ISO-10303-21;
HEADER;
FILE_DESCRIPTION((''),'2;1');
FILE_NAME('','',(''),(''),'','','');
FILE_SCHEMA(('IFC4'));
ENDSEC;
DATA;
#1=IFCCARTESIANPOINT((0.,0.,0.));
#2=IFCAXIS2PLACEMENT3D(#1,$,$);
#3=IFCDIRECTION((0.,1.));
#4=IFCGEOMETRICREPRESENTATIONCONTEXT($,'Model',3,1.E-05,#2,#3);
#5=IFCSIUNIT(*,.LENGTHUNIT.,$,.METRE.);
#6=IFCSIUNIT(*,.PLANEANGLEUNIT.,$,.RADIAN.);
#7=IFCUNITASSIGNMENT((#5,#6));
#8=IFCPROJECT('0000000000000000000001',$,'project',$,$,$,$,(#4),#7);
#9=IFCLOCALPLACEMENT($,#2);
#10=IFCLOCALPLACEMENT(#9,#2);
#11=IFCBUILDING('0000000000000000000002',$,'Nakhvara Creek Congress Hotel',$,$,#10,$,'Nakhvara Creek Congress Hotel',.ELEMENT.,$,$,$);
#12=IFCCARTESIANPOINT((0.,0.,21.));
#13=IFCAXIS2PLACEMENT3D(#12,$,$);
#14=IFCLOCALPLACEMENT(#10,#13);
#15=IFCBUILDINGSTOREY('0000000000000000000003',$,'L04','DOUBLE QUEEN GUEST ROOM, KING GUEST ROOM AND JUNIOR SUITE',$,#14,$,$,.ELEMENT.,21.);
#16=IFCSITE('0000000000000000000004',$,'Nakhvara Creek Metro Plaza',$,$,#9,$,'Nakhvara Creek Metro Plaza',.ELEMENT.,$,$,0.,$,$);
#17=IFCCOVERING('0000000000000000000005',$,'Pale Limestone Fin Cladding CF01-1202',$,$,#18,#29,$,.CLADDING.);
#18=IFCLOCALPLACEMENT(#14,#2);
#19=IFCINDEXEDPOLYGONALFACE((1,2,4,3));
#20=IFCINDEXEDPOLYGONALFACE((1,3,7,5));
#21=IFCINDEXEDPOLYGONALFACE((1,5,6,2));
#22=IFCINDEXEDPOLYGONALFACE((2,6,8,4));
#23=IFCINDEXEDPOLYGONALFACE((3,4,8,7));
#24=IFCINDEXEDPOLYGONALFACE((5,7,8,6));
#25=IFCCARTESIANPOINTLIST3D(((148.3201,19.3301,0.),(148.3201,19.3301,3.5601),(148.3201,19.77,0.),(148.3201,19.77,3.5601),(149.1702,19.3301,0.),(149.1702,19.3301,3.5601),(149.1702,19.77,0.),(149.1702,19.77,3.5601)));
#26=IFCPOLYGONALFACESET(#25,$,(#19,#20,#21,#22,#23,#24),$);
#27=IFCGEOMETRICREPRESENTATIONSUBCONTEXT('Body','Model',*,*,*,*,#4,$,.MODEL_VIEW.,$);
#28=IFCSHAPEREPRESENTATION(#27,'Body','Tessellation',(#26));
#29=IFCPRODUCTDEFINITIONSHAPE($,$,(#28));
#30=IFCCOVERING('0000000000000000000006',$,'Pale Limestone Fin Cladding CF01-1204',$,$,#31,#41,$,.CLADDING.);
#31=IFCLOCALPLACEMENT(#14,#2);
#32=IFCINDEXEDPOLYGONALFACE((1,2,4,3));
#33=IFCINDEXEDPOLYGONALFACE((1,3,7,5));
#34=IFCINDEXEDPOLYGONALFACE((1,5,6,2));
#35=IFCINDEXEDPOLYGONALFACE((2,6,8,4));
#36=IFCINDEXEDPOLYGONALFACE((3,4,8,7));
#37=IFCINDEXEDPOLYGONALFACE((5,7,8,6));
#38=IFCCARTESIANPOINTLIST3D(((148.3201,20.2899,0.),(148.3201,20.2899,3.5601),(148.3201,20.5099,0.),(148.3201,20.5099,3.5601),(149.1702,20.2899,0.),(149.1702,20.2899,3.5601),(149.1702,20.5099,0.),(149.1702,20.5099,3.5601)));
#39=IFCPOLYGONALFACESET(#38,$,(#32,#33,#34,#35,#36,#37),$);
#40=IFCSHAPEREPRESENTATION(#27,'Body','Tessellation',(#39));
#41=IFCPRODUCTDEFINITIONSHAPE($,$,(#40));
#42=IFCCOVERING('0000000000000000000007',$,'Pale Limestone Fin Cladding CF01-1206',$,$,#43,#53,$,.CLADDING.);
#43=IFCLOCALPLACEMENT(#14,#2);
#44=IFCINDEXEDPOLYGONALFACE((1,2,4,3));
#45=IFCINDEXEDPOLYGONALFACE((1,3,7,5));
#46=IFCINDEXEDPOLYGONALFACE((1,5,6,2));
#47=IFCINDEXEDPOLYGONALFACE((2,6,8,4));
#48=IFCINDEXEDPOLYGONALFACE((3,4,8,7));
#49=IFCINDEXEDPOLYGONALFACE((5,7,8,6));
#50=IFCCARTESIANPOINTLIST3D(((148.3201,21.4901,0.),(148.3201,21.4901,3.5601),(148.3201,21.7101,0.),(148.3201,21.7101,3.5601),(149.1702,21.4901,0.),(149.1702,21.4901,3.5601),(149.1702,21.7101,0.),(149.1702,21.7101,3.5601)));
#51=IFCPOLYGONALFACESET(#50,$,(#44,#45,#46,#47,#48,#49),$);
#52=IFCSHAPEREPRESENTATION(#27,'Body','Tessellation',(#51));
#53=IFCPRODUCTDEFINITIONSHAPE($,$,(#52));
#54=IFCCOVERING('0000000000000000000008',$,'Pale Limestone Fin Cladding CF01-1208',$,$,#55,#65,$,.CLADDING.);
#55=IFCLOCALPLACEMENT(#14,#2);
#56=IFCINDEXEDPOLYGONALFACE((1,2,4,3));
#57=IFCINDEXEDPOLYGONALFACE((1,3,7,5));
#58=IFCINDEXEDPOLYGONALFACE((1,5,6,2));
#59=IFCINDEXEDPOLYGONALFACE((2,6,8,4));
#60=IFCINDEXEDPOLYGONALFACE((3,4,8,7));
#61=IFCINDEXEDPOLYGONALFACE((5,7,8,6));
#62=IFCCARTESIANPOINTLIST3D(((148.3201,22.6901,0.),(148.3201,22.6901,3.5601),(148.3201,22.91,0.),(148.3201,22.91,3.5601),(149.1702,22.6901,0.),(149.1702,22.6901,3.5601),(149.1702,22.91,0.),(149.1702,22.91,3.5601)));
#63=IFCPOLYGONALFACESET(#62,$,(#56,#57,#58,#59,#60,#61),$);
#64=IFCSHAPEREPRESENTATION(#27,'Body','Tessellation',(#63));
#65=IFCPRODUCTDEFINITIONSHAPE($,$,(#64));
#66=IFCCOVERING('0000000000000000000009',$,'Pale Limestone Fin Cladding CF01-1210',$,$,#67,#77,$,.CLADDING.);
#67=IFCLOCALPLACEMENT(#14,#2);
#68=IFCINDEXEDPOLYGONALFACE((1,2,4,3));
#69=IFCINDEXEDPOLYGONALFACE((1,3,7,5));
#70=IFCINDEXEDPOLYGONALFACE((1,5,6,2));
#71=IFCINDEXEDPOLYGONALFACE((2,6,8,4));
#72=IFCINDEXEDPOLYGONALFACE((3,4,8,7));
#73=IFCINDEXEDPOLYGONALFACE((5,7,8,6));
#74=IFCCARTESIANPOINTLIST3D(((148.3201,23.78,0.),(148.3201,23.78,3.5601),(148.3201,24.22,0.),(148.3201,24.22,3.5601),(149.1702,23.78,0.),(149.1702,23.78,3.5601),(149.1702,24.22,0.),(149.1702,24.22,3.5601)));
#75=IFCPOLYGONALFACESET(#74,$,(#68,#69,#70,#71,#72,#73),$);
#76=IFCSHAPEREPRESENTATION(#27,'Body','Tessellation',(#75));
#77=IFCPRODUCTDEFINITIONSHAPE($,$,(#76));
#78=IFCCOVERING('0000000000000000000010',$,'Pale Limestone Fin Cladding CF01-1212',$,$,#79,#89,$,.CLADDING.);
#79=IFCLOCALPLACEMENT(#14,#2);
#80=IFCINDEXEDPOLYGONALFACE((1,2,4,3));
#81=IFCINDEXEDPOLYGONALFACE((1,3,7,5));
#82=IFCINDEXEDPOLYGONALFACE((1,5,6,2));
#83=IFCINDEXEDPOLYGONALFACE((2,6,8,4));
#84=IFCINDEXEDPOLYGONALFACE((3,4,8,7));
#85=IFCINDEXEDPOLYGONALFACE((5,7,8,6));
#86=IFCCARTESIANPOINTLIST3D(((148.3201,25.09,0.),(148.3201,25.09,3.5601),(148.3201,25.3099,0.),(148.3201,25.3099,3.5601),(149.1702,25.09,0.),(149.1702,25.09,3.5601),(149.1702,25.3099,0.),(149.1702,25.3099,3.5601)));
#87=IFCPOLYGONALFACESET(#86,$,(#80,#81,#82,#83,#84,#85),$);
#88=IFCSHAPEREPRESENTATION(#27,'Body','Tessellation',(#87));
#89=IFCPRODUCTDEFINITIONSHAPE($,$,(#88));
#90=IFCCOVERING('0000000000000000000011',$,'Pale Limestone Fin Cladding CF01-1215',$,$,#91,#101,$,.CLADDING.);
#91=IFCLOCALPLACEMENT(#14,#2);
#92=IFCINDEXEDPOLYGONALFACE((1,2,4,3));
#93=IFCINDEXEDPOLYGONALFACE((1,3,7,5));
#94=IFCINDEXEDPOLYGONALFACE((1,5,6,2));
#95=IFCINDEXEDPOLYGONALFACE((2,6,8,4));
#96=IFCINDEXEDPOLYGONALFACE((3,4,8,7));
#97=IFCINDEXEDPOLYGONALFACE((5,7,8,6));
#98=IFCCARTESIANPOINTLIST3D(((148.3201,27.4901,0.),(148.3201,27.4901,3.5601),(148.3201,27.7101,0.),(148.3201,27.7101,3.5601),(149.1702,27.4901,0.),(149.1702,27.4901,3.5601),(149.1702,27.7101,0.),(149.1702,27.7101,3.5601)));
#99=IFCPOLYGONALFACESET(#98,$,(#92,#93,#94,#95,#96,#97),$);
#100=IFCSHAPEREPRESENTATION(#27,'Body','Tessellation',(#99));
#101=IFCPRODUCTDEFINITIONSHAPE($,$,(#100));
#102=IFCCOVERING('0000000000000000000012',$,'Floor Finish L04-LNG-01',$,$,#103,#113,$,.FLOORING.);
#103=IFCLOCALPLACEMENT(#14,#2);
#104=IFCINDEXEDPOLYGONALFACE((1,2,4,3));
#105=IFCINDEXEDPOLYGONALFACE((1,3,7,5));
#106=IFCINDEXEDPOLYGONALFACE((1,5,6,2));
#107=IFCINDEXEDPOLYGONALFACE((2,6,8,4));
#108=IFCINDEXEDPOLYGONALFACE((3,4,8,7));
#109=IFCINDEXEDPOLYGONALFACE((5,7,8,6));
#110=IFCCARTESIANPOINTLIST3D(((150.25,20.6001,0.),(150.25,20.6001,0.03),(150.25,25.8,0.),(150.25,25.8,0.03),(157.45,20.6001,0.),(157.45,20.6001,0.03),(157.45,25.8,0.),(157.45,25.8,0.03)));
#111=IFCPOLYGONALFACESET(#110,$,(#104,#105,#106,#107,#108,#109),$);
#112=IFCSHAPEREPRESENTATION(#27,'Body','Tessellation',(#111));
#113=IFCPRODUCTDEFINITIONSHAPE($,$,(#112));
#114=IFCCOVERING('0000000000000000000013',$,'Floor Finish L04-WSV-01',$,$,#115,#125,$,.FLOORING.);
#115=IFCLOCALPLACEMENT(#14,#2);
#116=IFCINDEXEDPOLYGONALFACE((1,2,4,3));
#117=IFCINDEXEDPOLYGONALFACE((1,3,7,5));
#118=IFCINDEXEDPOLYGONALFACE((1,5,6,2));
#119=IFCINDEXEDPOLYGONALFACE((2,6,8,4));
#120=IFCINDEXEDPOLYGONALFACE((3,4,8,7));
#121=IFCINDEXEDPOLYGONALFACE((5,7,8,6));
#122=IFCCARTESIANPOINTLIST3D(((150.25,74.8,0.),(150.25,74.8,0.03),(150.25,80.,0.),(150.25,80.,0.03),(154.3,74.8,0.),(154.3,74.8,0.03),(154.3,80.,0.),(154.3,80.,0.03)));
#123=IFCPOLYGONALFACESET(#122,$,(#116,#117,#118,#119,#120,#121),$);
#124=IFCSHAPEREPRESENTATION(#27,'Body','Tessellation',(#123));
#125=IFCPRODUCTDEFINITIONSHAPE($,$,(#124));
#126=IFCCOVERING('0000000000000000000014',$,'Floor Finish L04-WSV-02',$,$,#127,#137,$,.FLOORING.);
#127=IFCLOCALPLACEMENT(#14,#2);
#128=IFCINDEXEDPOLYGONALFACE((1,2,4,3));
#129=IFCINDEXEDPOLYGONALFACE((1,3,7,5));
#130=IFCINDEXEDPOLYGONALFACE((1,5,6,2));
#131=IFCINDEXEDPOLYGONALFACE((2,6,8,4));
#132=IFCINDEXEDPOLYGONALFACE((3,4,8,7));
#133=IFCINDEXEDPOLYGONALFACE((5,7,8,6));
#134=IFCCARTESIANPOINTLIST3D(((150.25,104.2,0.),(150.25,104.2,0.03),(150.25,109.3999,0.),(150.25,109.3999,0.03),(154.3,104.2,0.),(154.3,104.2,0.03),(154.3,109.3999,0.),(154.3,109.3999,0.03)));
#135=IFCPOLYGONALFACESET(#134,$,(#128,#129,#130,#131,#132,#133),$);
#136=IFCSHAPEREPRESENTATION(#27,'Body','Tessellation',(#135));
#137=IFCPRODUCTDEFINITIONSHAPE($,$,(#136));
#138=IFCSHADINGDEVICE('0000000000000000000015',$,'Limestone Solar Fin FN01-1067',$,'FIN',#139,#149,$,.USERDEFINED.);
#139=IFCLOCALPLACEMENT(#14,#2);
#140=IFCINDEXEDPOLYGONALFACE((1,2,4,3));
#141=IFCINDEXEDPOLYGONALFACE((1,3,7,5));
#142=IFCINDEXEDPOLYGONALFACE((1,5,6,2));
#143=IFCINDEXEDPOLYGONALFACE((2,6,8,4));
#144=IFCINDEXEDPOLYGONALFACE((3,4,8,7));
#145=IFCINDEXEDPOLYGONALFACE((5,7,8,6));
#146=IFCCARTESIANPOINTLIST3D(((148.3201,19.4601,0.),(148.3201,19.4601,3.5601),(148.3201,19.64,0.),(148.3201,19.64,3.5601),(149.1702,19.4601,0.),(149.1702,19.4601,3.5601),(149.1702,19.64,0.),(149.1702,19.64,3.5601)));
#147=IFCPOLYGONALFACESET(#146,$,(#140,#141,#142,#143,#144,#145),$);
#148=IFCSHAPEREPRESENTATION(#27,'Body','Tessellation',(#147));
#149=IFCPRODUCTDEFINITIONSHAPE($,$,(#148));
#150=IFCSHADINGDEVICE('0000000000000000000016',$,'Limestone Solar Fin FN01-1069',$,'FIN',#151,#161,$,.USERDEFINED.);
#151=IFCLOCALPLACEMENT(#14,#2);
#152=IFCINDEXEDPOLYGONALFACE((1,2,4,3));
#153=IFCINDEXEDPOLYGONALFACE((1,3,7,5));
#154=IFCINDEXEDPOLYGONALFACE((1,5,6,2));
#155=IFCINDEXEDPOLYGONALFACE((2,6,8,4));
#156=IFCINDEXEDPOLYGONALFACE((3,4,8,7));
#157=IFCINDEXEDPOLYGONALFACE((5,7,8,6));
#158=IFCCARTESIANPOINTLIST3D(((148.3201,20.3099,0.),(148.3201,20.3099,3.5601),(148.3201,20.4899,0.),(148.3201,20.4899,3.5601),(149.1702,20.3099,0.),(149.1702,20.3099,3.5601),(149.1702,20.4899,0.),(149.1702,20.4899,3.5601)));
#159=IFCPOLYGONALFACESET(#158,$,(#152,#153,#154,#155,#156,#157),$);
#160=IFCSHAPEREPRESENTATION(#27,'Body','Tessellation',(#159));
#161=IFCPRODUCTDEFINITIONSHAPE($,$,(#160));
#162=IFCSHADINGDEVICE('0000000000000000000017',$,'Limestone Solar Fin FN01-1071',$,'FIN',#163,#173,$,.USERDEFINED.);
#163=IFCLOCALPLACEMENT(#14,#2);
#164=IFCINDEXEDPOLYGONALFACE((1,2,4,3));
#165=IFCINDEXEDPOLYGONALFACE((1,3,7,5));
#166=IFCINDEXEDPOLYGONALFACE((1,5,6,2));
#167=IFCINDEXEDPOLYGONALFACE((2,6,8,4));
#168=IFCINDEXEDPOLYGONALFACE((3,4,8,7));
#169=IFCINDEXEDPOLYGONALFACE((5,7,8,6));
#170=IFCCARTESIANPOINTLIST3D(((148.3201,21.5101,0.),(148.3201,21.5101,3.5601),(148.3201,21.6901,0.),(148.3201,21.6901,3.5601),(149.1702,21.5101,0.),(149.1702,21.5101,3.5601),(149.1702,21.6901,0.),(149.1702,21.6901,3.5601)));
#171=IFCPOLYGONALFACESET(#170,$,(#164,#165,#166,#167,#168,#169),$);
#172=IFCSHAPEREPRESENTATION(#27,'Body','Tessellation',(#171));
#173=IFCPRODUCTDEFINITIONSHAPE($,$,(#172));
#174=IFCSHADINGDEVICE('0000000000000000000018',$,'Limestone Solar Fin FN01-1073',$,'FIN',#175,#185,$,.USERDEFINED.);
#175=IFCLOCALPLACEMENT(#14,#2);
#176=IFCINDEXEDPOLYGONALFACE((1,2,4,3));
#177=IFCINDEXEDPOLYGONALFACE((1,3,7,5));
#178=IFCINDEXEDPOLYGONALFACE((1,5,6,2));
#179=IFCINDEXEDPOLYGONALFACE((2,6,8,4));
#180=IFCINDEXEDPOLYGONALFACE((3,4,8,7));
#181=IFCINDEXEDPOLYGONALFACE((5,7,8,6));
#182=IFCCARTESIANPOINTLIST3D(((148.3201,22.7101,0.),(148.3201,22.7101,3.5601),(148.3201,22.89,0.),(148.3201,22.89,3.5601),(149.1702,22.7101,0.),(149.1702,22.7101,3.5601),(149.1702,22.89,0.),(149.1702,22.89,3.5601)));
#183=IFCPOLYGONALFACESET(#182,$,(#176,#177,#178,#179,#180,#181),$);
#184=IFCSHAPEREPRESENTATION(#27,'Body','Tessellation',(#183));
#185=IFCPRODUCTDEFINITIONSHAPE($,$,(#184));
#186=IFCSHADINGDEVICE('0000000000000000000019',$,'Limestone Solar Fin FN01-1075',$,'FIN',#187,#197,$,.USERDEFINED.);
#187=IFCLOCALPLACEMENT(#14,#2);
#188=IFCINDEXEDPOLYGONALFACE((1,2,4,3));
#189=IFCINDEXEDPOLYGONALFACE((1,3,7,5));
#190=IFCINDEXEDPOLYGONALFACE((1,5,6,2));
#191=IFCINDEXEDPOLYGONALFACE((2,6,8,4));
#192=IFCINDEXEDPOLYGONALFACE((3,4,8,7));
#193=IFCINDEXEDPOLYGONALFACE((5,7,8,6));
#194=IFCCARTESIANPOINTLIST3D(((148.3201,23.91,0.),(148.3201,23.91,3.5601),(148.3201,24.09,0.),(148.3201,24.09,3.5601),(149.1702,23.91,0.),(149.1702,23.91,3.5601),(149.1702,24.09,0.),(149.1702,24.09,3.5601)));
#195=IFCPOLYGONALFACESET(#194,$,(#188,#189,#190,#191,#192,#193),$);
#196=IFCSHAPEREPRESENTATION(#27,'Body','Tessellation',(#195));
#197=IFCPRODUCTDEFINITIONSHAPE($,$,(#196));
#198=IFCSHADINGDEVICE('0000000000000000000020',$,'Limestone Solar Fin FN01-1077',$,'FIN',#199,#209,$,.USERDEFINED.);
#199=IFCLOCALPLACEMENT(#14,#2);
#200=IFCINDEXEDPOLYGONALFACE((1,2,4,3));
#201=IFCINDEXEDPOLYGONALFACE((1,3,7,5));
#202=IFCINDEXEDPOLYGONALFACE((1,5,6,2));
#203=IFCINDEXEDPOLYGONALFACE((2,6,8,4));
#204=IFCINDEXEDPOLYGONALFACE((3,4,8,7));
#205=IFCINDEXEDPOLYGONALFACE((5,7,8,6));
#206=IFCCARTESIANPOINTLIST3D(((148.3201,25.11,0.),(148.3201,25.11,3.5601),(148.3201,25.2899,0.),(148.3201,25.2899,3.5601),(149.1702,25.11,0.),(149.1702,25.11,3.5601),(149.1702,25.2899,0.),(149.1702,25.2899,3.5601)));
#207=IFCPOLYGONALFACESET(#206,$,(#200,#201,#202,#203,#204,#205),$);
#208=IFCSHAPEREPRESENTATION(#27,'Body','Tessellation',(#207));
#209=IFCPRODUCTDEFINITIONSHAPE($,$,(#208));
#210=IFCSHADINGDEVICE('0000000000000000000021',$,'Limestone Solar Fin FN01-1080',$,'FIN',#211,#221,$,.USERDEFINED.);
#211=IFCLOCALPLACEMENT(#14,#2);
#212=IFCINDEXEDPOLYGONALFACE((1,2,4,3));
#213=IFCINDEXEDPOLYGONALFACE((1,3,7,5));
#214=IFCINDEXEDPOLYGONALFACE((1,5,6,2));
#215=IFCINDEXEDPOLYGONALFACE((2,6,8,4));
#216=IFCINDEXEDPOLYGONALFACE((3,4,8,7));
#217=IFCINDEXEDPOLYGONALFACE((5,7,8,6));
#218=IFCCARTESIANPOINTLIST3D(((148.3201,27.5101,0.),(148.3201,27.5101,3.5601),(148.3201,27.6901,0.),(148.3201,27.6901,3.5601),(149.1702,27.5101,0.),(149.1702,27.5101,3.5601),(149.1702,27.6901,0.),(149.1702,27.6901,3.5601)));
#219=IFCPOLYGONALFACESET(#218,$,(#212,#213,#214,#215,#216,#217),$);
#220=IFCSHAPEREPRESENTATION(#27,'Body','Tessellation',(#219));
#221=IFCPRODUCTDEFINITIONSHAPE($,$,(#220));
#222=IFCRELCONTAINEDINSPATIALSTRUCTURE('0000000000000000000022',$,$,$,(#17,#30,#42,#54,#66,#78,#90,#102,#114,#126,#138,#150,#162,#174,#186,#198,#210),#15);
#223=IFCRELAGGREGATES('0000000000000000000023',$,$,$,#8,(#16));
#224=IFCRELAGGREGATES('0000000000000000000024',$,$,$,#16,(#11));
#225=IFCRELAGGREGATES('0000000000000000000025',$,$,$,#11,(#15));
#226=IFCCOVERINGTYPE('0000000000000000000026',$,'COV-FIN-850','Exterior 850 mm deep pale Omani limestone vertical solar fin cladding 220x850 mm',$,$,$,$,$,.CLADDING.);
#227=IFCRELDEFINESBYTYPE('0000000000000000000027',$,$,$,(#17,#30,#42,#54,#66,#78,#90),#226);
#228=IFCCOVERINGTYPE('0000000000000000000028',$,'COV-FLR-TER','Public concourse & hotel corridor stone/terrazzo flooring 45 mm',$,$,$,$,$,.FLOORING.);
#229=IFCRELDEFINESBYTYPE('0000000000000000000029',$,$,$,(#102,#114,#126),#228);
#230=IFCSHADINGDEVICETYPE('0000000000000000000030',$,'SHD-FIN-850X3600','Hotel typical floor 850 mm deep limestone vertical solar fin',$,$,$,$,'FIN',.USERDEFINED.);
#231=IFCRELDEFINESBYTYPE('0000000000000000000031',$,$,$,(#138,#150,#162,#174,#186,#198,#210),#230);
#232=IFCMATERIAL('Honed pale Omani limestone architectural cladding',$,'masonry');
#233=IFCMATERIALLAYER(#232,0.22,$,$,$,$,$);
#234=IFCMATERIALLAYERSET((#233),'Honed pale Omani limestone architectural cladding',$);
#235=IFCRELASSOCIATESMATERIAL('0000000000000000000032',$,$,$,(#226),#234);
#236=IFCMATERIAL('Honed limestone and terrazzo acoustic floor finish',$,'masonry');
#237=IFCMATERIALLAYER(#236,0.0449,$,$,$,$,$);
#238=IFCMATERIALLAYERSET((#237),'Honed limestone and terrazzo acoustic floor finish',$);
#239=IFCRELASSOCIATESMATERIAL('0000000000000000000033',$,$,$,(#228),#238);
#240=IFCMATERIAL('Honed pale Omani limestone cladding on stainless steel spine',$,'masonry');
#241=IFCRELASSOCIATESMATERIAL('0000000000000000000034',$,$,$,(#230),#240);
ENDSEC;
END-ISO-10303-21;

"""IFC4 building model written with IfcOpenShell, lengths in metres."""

from ifc_helpers import new_model, si_unit, direction, frame, origin, origin_2d, place, context, subcontext, project, spatial, polyline, rectangle, outline, extrude, material, layer, layer_set, type_object, element, save


model = new_model("IFC4")

# Units and contexts
model_context = context("Model", 3, precision=1e-05, world=origin(), true_north=direction((0.0, 1.0)))
body_context = subcontext(model_context, "Body", "Model", "MODEL_VIEW")
ifc_project = project(units=[si_unit("LENGTHUNIT", "METRE"), si_unit("PLANEANGLEUNIT", "RADIAN")], contexts=[model_context])

# Site, building, storey
site_placement = place(None, origin())
site = spatial("IfcSite", under=ifc_project, at=site_placement, Name="Nakhvara Creek Metro Plaza", LongName="Nakhvara Creek Metro Plaza", CompositionType="ELEMENT", RefElevation=0.0)
building_placement = place(site_placement, origin())
building = spatial("IfcBuilding", under=site, at=building_placement, Name="Nakhvara Creek Congress Hotel", LongName="Nakhvara Creek Congress Hotel", CompositionType="ELEMENT")
storey_placement = place(building_placement, frame((0.0, 0.0, 21.0)))
storey = spatial("IfcBuildingStorey", under=building, at=storey_placement, Name="L04", Description="DOUBLE QUEEN GUEST ROOM, KING GUEST ROOM AND JUNIOR SUITE", CompositionType="ELEMENT", Elevation=21.0)

# Coverings
ifc_material_1 = material(Name="Honed pale Omani limestone architectural cladding", Category="masonry")
ifc_layer_1 = layer(ifc_material_1, 0.22)
ifc_layer_set_1 = layer_set([ifc_layer_1], Name="Honed pale Omani limestone architectural cladding")
covering_type_1 = type_object("IfcCoveringType", Name="COV-FIN-850", Description="Exterior 850 mm deep pale Omani limestone vertical solar fin cladding 220x850 mm", PredefinedType="CLADDING", material=ifc_layer_set_1)
covering_1_placement = place(storey_placement, frame((148.7451, 19.55, 0.0), z_axis=(0.0, 0.0, 1.0), x_axis=(0.0, 1.0, 0.0)))
element("IfcCovering", 1, at=covering_1_placement, inside=storey, type_object=covering_type_1, Name="Pale Limestone Fin Cladding CF01-1202", PredefinedType="CLADDING", context=body_context, shape_type="SweptSolid", body=[
    extrude(rectangle(XDim=0.4399, YDim=0.8501, at=origin_2d()), origin(), (0.0, 0.0, 1.0), 3.5601),
])
for number, where, z_axis, x_axis, name in (
    (2, (148.7451, 20.3999, 0.0), (0.0, 0.0, 1.0), (0.0, 1.0, 0.0), "Pale Limestone Fin Cladding CF01-1204"),
    (3, (148.7451, 21.6001, 0.0), (0.0, 0.0, 1.0), (0.0, 1.0, 0.0), "Pale Limestone Fin Cladding CF01-1206"),
    (4, (148.7451, 22.8, 0.0), (0.0, 0.0, 1.0), (0.0, 1.0, 0.0), "Pale Limestone Fin Cladding CF01-1208"),
):
    element("IfcCovering", number, at=place(storey_placement, frame(where, z_axis=z_axis, x_axis=x_axis)), inside=storey, type_object=covering_type_1, Name=name, PredefinedType="CLADDING", context=body_context, shape_type="SweptSolid", body=[
        extrude(rectangle(XDim=0.22, YDim=0.8501, at=origin_2d()), origin(), (0.0, 0.0, 1.0), 3.5601),
    ])
covering_2_placement = place(storey_placement, frame((148.7451, 24.0, 0.0), z_axis=(0.0, 0.0, 1.0), x_axis=(0.0, 1.0, 0.0)))
element("IfcCovering", 5, at=covering_2_placement, inside=storey, type_object=covering_type_1, Name="Pale Limestone Fin Cladding CF01-1210", PredefinedType="CLADDING", context=body_context, shape_type="SweptSolid", body=[
    extrude(rectangle(XDim=0.4399, YDim=0.8501, at=origin_2d()), origin(), (0.0, 0.0, 1.0), 3.5601),
])
for number, where, z_axis, x_axis, name in (
    (6, (148.7451, 25.2, 0.0), (0.0, 0.0, 1.0), (0.0, 1.0, 0.0), "Pale Limestone Fin Cladding CF01-1212"),
    (7, (148.7451, 27.6001, 0.0), (0.0, 0.0, 1.0), (0.0, 1.0, 0.0), "Pale Limestone Fin Cladding CF01-1215"),
):
    element("IfcCovering", number, at=place(storey_placement, frame(where, z_axis=z_axis, x_axis=x_axis)), inside=storey, type_object=covering_type_1, Name=name, PredefinedType="CLADDING", context=body_context, shape_type="SweptSolid", body=[
        extrude(rectangle(XDim=0.22, YDim=0.8501, at=origin_2d()), origin(), (0.0, 0.0, 1.0), 3.5601),
    ])
ifc_material_2 = material(Name="Honed limestone and terrazzo acoustic floor finish", Category="masonry")
ifc_layer_2 = layer(ifc_material_2, 0.0449)
ifc_layer_set_2 = layer_set([ifc_layer_2], Name="Honed limestone and terrazzo acoustic floor finish")
covering_type_2 = type_object("IfcCoveringType", Name="COV-FLR-TER", Description="Public concourse & hotel corridor stone/terrazzo flooring 45 mm", PredefinedType="FLOORING", material=ifc_layer_set_2)
covering_3_placement = place(storey_placement, origin())
element("IfcCovering", 8, at=covering_3_placement, inside=storey, type_object=covering_type_2, Name="Floor Finish L04-LNG-01", PredefinedType="FLOORING", context=body_context, shape_type="SweptSolid", body=[
    extrude(outline(polyline([(150.25, 20.6001), (157.45, 20.6001), (157.45, 25.8), (150.25, 25.8), (150.25, 20.6001)])), origin(), (0.0, 0.0, 1.0), 0.03),
])
covering_4_placement = place(storey_placement, origin())
element("IfcCovering", 9, at=covering_4_placement, inside=storey, type_object=covering_type_2, Name="Floor Finish L04-WSV-01", PredefinedType="FLOORING", context=body_context, shape_type="SweptSolid", body=[
    extrude(outline(polyline([(150.25, 74.8), (154.3, 74.8), (154.3, 80.0), (150.25, 80.0), (150.25, 74.8)])), origin(), (0.0, 0.0, 1.0), 0.03),
])
covering_5_placement = place(storey_placement, origin())
element("IfcCovering", 10, at=covering_5_placement, inside=storey, type_object=covering_type_2, Name="Floor Finish L04-WSV-02", PredefinedType="FLOORING", context=body_context, shape_type="SweptSolid", body=[
    extrude(outline(polyline([(150.25, 104.2), (154.3, 104.2), (154.3, 109.3999), (150.25, 109.3999), (150.25, 104.2)])), origin(), (0.0, 0.0, 1.0), 0.03),
])

# Shading devices
ifc_material_3 = material(Name="Honed pale Omani limestone cladding on stainless steel spine", Category="masonry")
shading_device_type = type_object("IfcShadingDeviceType", Name="SHD-FIN-850X3600", Description="Hotel typical floor 850 mm deep limestone vertical solar fin", ElementType="FIN", PredefinedType="USERDEFINED", material=ifc_material_3)
for number, where, z_axis, x_axis, name in (
    (11, (148.7451, 19.55, 0.0), (0.0, 0.0, 1.0), (0.0, 1.0, 0.0), "Limestone Solar Fin FN01-1067"),
    (12, (148.7451, 20.3999, 0.0), (0.0, 0.0, 1.0), (0.0, 1.0, 0.0), "Limestone Solar Fin FN01-1069"),
    (13, (148.7451, 21.6001, 0.0), (0.0, 0.0, 1.0), (0.0, 1.0, 0.0), "Limestone Solar Fin FN01-1071"),
    (14, (148.7451, 22.8, 0.0), (0.0, 0.0, 1.0), (0.0, 1.0, 0.0), "Limestone Solar Fin FN01-1073"),
    (15, (148.7451, 24.0, 0.0), (0.0, 0.0, 1.0), (0.0, 1.0, 0.0), "Limestone Solar Fin FN01-1075"),
    (16, (148.7451, 25.2, 0.0), (0.0, 0.0, 1.0), (0.0, 1.0, 0.0), "Limestone Solar Fin FN01-1077"),
    (17, (148.7451, 27.6001, 0.0), (0.0, 0.0, 1.0), (0.0, 1.0, 0.0), "Limestone Solar Fin FN01-1080"),
):
    element("IfcShadingDevice", number, at=place(storey_placement, frame(where, z_axis=z_axis, x_axis=x_axis)), inside=storey, type_object=shading_device_type, Name=name, ObjectType="FIN", PredefinedType="USERDEFINED", context=body_context, shape_type="SweptSolid", body=[
        extrude(rectangle(XDim=0.1799, YDim=0.8501, at=origin_2d()), origin(), (0.0, 0.0, 1.0), 3.5601),
    ])

save(model, "model.ifc")
